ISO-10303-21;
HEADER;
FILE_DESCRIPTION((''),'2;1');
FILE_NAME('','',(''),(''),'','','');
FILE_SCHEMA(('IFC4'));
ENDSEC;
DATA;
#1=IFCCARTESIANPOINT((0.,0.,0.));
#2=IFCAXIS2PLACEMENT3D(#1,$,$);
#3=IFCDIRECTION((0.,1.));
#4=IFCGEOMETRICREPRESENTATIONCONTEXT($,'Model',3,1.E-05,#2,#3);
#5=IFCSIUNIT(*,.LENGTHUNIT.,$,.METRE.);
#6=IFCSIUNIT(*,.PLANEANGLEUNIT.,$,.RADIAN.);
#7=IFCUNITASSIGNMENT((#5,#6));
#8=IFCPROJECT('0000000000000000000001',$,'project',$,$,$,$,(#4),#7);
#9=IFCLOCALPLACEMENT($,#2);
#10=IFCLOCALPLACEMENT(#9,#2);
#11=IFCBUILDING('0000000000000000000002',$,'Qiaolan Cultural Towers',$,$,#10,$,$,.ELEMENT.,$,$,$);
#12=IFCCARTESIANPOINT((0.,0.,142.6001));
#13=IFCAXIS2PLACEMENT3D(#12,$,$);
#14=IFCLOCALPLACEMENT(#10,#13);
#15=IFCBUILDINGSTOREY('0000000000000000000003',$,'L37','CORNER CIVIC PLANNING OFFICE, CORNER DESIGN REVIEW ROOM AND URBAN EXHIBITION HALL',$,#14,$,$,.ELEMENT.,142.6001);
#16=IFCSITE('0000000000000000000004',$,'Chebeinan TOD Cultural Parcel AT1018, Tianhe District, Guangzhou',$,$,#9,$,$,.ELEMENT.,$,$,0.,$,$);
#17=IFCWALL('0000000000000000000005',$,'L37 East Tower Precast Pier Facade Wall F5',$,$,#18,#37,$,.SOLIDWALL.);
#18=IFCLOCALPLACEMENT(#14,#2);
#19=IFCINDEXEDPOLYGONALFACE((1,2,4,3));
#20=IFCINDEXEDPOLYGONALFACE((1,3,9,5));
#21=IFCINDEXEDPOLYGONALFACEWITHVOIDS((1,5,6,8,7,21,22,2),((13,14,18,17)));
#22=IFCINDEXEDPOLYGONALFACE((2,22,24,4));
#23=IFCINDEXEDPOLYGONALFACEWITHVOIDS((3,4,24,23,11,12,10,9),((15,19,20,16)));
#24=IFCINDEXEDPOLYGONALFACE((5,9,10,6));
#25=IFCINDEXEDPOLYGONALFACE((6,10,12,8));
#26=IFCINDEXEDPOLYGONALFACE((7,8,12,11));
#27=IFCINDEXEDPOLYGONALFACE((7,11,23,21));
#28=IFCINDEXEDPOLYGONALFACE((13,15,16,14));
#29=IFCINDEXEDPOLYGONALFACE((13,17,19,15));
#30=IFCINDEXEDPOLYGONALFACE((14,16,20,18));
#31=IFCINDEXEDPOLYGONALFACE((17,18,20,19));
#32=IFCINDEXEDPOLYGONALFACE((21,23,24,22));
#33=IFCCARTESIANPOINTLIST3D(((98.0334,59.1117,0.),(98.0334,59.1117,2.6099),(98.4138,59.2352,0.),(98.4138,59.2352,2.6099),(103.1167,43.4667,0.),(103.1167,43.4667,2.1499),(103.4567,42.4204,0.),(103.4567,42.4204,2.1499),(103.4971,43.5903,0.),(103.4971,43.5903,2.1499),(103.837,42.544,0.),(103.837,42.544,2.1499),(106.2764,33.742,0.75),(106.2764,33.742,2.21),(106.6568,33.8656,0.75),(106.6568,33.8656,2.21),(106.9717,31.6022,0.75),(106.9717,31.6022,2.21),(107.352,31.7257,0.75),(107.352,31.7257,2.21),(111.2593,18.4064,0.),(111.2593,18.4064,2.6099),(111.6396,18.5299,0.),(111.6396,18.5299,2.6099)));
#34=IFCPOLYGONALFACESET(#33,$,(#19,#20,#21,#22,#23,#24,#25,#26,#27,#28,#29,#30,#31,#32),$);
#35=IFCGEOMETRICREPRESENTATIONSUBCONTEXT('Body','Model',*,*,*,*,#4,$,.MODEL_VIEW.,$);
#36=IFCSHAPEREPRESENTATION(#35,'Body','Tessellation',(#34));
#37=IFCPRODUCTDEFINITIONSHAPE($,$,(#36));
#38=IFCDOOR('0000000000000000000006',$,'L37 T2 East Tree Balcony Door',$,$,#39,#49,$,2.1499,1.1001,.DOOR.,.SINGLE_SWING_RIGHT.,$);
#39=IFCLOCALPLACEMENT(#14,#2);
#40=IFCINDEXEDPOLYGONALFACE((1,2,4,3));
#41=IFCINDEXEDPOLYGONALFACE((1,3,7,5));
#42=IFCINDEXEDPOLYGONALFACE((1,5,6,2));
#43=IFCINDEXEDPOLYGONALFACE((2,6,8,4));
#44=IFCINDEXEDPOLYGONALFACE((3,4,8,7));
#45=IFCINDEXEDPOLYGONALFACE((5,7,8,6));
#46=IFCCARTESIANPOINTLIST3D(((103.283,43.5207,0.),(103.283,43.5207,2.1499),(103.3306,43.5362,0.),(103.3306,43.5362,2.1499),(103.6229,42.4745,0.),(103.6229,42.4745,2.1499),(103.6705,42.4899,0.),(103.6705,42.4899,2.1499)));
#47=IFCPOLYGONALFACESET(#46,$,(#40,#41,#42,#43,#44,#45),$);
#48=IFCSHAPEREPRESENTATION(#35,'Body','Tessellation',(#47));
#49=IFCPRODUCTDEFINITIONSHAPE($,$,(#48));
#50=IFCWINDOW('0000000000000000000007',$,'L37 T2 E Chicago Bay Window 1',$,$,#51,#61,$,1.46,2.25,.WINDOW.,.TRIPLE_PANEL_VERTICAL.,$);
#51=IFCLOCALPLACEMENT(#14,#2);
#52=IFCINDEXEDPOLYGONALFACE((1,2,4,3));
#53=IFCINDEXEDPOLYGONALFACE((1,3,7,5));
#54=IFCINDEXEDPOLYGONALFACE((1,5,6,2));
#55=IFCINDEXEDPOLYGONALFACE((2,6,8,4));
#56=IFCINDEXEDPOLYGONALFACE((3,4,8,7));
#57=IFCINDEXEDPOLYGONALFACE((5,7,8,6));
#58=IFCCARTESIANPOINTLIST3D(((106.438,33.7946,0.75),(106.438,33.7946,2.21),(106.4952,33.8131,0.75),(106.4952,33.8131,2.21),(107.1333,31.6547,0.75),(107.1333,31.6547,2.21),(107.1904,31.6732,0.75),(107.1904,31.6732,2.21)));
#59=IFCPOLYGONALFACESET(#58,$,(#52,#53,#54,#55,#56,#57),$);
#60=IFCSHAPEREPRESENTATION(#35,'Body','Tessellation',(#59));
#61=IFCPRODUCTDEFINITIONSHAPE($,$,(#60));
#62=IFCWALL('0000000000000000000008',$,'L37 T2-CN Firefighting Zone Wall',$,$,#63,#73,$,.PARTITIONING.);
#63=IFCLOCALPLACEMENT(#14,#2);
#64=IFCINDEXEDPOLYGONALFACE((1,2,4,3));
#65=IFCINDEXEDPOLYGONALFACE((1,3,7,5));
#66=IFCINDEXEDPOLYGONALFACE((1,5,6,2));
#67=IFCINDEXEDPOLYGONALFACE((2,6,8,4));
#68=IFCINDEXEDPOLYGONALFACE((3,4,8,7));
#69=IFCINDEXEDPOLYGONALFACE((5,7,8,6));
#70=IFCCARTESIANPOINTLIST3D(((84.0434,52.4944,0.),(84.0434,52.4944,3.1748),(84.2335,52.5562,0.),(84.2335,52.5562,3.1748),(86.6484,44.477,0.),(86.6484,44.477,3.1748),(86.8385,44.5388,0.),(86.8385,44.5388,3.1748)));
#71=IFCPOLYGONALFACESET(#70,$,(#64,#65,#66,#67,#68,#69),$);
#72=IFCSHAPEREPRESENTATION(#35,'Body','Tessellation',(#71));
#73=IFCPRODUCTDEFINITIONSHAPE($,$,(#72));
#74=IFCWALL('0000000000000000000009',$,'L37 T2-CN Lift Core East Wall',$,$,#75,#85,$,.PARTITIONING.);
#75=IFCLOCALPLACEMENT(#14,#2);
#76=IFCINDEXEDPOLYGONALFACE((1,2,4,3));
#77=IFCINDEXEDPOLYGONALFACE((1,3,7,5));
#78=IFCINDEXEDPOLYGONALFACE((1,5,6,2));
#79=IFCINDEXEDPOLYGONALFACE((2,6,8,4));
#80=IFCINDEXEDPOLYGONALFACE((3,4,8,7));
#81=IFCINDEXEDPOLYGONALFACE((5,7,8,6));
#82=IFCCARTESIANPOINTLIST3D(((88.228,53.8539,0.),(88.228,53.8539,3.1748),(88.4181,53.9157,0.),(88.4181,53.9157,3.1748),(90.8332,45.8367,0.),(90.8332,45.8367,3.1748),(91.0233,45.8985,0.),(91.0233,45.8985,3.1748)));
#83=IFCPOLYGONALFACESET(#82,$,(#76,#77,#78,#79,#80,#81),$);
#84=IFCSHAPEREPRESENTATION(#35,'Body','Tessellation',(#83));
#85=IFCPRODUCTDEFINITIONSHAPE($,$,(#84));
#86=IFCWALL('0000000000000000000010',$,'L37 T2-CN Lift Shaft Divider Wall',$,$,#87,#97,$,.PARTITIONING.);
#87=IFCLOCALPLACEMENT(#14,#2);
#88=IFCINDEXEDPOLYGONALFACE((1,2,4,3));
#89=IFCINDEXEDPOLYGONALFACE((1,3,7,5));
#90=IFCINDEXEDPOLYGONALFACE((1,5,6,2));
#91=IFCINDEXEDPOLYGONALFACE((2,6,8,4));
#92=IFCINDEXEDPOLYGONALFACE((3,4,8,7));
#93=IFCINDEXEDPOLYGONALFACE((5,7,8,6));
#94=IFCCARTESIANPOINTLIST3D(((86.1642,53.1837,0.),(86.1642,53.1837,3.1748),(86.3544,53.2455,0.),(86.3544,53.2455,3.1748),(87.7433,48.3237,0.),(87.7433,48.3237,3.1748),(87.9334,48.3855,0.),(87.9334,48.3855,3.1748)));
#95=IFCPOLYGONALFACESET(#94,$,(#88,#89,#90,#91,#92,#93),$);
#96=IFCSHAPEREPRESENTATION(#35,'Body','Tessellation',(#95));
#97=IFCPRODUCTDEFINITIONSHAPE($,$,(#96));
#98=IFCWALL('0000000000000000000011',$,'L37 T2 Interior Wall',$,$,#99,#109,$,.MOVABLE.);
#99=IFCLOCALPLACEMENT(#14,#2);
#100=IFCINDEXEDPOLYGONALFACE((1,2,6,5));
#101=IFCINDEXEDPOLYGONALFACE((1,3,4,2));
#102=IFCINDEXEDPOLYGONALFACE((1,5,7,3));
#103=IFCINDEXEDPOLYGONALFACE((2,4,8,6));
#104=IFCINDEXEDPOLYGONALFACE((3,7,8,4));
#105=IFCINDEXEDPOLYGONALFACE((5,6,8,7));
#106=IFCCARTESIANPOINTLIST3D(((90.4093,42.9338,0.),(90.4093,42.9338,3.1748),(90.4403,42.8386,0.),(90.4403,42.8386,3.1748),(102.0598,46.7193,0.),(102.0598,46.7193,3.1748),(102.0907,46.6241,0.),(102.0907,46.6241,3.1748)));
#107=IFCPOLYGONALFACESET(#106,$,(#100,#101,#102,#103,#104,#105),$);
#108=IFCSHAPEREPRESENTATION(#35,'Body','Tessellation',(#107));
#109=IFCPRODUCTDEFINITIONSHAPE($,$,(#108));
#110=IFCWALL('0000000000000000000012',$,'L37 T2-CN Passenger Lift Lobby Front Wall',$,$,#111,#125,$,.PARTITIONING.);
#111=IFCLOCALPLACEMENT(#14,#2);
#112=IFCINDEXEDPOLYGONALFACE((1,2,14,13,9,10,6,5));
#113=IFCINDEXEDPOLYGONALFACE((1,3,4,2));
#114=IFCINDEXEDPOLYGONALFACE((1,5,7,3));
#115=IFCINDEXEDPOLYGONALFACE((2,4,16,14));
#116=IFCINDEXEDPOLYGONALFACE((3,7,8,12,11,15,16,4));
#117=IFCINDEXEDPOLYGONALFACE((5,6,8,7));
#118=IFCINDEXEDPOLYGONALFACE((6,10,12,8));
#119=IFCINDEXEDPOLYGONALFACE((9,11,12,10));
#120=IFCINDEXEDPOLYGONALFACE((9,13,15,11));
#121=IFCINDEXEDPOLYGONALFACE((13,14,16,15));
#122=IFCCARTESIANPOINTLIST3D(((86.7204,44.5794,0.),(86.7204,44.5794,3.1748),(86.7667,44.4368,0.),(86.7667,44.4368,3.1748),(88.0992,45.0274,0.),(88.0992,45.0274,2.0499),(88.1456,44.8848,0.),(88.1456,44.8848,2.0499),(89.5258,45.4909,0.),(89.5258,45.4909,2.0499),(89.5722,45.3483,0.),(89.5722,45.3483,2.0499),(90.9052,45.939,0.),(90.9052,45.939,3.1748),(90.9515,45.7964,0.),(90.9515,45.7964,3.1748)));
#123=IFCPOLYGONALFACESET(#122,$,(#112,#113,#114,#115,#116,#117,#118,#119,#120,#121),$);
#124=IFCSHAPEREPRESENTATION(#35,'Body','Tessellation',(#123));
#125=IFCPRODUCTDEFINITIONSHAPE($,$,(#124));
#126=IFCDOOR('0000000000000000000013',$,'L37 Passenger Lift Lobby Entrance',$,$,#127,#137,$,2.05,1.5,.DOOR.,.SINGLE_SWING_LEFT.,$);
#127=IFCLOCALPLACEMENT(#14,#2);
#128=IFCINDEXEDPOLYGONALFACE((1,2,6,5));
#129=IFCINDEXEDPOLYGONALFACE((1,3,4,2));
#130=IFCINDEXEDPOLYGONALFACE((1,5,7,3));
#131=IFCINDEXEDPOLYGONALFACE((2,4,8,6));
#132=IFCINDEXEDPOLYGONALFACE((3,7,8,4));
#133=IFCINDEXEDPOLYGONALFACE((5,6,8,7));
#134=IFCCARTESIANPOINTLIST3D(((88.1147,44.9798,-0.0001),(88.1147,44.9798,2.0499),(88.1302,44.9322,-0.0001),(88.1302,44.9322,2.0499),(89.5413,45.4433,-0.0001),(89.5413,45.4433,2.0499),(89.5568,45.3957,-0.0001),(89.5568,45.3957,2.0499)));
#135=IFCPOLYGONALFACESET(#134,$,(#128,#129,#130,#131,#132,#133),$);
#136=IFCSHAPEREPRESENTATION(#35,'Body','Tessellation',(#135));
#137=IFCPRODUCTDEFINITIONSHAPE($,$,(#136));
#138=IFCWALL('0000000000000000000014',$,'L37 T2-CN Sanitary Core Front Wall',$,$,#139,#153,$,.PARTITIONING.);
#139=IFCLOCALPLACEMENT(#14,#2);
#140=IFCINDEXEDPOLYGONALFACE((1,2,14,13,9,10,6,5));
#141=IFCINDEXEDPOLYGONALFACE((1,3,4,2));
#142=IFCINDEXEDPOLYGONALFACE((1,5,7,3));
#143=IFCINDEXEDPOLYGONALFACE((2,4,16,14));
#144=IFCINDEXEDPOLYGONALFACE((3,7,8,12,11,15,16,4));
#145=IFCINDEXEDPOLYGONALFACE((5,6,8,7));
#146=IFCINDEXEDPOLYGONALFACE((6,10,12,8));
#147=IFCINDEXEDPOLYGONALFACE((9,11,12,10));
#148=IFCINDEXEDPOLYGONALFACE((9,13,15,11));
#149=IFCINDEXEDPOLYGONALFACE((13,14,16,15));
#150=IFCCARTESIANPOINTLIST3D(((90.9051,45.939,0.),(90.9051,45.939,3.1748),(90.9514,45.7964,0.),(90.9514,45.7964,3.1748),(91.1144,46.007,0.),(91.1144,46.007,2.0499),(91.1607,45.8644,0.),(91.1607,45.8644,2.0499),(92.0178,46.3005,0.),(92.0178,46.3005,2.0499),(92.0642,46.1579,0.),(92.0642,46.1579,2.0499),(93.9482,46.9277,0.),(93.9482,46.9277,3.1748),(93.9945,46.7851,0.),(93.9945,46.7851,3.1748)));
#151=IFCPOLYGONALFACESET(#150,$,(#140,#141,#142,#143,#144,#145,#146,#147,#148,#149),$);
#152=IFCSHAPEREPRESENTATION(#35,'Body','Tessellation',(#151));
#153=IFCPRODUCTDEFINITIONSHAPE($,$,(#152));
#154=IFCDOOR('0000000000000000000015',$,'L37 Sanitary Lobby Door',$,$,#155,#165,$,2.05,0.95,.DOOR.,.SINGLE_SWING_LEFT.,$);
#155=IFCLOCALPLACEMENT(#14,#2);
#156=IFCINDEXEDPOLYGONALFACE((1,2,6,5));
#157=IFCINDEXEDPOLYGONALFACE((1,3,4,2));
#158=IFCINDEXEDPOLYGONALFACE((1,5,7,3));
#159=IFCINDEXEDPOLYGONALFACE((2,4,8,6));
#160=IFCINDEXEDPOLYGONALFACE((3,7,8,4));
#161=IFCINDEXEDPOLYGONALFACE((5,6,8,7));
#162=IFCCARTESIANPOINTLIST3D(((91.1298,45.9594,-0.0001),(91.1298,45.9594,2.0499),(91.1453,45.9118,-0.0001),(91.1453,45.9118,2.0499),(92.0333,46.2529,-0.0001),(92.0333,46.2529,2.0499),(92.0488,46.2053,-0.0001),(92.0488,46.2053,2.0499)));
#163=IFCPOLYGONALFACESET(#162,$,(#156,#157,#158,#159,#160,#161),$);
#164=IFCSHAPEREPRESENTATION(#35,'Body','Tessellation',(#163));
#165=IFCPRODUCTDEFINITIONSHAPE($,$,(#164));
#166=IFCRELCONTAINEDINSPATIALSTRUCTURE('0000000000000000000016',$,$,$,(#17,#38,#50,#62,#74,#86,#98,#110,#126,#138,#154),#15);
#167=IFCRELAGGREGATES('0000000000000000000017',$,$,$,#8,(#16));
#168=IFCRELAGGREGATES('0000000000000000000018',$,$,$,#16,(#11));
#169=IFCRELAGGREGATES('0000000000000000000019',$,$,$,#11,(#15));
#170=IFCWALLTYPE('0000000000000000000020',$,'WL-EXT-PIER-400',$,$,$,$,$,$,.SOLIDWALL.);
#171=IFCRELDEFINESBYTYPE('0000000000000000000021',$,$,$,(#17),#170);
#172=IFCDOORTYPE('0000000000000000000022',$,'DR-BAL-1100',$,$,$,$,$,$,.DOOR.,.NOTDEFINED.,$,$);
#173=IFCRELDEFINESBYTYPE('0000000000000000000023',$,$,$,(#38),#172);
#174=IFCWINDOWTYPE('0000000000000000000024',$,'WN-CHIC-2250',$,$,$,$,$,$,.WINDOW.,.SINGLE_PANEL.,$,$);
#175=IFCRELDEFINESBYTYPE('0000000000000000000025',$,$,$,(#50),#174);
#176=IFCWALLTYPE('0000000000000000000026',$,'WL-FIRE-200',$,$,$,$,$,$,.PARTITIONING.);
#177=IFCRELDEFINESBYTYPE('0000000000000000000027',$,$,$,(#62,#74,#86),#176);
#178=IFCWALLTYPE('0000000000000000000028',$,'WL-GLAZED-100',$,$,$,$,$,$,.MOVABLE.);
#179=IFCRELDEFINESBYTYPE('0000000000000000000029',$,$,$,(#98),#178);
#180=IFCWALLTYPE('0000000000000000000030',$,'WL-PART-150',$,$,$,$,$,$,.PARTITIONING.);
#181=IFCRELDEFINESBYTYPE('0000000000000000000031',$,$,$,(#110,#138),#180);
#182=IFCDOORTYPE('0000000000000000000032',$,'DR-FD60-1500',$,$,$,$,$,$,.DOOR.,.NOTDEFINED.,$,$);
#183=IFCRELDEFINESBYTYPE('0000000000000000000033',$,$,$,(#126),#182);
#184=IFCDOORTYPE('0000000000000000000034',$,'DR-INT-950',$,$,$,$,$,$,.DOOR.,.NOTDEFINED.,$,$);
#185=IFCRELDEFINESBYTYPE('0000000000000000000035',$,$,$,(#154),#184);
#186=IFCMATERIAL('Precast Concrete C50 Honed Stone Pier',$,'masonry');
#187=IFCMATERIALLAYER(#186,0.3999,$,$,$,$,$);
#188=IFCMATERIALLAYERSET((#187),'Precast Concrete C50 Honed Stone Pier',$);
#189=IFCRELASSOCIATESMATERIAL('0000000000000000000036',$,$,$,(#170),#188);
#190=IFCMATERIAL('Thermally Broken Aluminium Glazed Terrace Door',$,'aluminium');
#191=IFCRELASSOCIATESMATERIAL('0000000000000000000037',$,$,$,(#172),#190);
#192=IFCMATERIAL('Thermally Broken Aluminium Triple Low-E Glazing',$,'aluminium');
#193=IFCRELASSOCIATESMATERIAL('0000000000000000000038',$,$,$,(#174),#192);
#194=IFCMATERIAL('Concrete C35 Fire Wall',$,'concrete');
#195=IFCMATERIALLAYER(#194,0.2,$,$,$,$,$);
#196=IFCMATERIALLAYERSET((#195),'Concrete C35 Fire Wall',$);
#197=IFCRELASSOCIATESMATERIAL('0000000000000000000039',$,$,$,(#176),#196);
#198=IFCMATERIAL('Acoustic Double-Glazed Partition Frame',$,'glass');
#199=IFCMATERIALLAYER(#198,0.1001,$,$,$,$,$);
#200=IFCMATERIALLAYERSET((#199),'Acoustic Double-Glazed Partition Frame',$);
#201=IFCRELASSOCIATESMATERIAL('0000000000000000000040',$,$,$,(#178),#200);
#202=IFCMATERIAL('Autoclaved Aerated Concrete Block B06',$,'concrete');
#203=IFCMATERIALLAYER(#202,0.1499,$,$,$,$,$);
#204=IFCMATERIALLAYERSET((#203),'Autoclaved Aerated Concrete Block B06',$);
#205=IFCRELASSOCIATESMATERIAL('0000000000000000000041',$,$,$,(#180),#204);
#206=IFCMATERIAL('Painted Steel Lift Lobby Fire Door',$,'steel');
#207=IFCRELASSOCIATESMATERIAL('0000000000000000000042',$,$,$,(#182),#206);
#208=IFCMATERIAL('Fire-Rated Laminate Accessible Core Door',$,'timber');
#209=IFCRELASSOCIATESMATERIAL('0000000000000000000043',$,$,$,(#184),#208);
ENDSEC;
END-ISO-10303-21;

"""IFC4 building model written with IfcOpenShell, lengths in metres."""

from ifc_helpers import new_model, si_unit, direction, frame, frame_2d, origin, place, context, subcontext, project, spatial, rectangle, extrude, material, layer, layer_set, type_object, element, fill, save


model = new_model("IFC4")

# Units and contexts
model_context = context("Model", 3, precision=1e-05, world=origin(), true_north=direction((0.0, 1.0)))
body_context = subcontext(model_context, "Body", "Model", "MODEL_VIEW")
ifc_project = project(units=[si_unit("LENGTHUNIT", "METRE"), si_unit("PLANEANGLEUNIT", "RADIAN")], contexts=[model_context])

# Site, building, storey
site_placement = place(None, origin())
site = spatial("IfcSite", under=ifc_project, at=site_placement, Name="Chebeinan TOD Cultural Parcel AT1018, Tianhe District, Guangzhou", CompositionType="ELEMENT", RefElevation=0.0)
building_placement = place(site_placement, origin())
building = spatial("IfcBuilding", under=site, at=building_placement, Name="Qiaolan Cultural Towers", CompositionType="ELEMENT")
storey_placement = place(building_placement, frame((0.0, 0.0, 142.6001)))
storey = spatial("IfcBuildingStorey", under=building, at=storey_placement, Name="L37", Description="CORNER CIVIC PLANNING OFFICE, CORNER DESIGN REVIEW ROOM AND URBAN EXHIBITION HALL", CompositionType="ELEMENT", Elevation=142.6001)

# Shared definitions
ifc_material_1 = material(Name="Precast Concrete C50 Honed Stone Pier", Category="masonry")
ifc_layer_1 = layer(ifc_material_1, 0.3999)
ifc_layer_set_1 = layer_set([ifc_layer_1], Name="Precast Concrete C50 Honed Stone Pier")
wall_type_1 = type_object("IfcWallType", Name="WL-EXT-PIER-400", PredefinedType="SOLIDWALL", material=ifc_layer_set_1)

# Wall, openings, door, window
wall_1_placement = place(storey_placement, frame((98.2236, 59.1733, 0.0), z_axis=(0.0, 0.0, 1.0), x_axis=(0.309014, -0.951057, 0.0)))
wall_1 = element("IfcWall", 1, at=wall_1_placement, inside=storey, type_object=wall_type_1, Name="L37 East Tower Precast Pier Facade Wall F5", PredefinedType="SOLIDWALL", context=body_context, shape_type="SweptSolid", body=[
    extrude(rectangle(XDim=42.8, YDim=0.3999, at=frame_2d((21.3999, 0.0))), origin(), (0.0, 0.0, 1.0), 2.6099),
])
opening_1_placement = place(wall_1_placement, frame((26.675, 0.0, 0.75)))
opening_1 = element("IfcOpeningElement", 2, at=opening_1_placement, cuts=wall_1, PredefinedType="OPENING", context=body_context, shape_type="SweptSolid", body=[
    extrude(rectangle(XDim=2.25, YDim=1.46, at=frame_2d((1.125, 0.73))), frame((0.0, 0.21, 0.0), z_axis=(0.0, -1.0, 0.0), x_axis=(1.0, 0.0, 0.0)), (0.0, 0.0, 1.0), 0.4199),
])
opening_2_placement = place(wall_1_placement, frame((16.45, 0.0, 0.0)))
opening_2 = element("IfcOpeningElement", 3, at=opening_2_placement, cuts=wall_1, PredefinedType="OPENING", context=body_context, shape_type="SweptSolid", body=[
    extrude(rectangle(XDim=1.1001, YDim=2.1499, at=frame_2d((0.55, 1.075))), frame((0.0, 0.21, 0.0), z_axis=(0.0, -1.0, 0.0), x_axis=(1.0, 0.0, 0.0)), (0.0, 0.0, 1.0), 0.4199),
])
ifc_material_2 = material(Name="Thermally Broken Aluminium Glazed Terrace Door", Category="aluminium")
door_type_1 = type_object("IfcDoorType", Name="DR-BAL-1100", OperationType="NOTDEFINED", PredefinedType="DOOR", material=ifc_material_2)
door_1_placement = place(opening_2_placement, origin())
door_1 = element("IfcDoor", 4, at=door_1_placement, inside=storey, type_object=door_type_1, Name="L37 T2 East Tree Balcony Door", OperationType="SINGLE_SWING_RIGHT", OverallHeight=2.1499, OverallWidth=1.1001, PredefinedType="DOOR", context=body_context, shape_type="SweptSolid", body=[
    extrude(rectangle(XDim=1.1001, YDim=2.1499, at=frame_2d((0.55, 1.075))), frame((0.0, 0.0249, 0.0), z_axis=(0.0, -1.0, 0.0), x_axis=(1.0, 0.0, 0.0)), (0.0, 0.0, 1.0), 0.05),
])
fill(opening_2, door_1)
ifc_material_3 = material(Name="Thermally Broken Aluminium Triple Low-E Glazing", Category="aluminium")
window_type = type_object("IfcWindowType", Name="WN-CHIC-2250", PartitioningType="SINGLE_PANEL", PredefinedType="WINDOW", material=ifc_material_3)
window_placement = place(opening_1_placement, origin())
window = element("IfcWindow", 5, at=window_placement, inside=storey, type_object=window_type, Name="L37 T2 E Chicago Bay Window 1", OverallHeight=1.46, OverallWidth=2.25, PartitioningType="TRIPLE_PANEL_VERTICAL", PredefinedType="WINDOW", context=body_context, shape_type="SweptSolid", body=[
    extrude(rectangle(XDim=2.25, YDim=1.46, at=frame_2d((1.125, 0.73))), frame((0.0, 0.03, 0.0), z_axis=(0.0, -1.0, 0.0), x_axis=(1.0, 0.0, 0.0)), (0.0, 0.0, 1.0), 0.0601),
])
fill(opening_1, window)

# Walls
ifc_material_4 = material(Name="Concrete C35 Fire Wall", Category="concrete")
ifc_layer_2 = layer(ifc_material_4, 0.2)
ifc_layer_set_2 = layer_set([ifc_layer_2], Name="Concrete C35 Fire Wall")
wall_type_2 = type_object("IfcWallType", Name="WL-FIRE-200", PredefinedType="PARTITIONING", material=ifc_layer_set_2)
for number, where, z_axis, x_axis, name in (
    (6, (86.7434, 44.5081, 0.0), (0.0, 0.0, 1.0), (-0.309016, 0.951057, 0.0), "L37 T2-CN Firefighting Zone Wall"),
    (7, (90.9282, 45.8677, 0.0), (0.0, 0.0, 1.0), (-0.309042, 0.951048, 0.0), "L37 T2-CN Lift Core East Wall"),
):
    element("IfcWall", number, at=place(storey_placement, frame(where, z_axis=z_axis, x_axis=x_axis)), inside=storey, type_object=wall_type_2, Name=name, PredefinedType="PARTITIONING", context=body_context, shape_type="SweptSolid", body=[
        extrude(rectangle(XDim=8.4299, YDim=0.2, at=frame_2d((4.2148, 0.0))), origin(), (0.0, 0.0, 1.0), 3.1748),
    ])
wall_2_placement = place(storey_placement, frame((87.8384, 48.3545, 0.0), z_axis=(0.0, 0.0, 1.0), x_axis=(-0.309009, 0.951059, 0.0)))
element("IfcWall", 8, at=wall_2_placement, inside=storey, type_object=wall_type_2, Name="L37 T2-CN Lift Shaft Divider Wall", PredefinedType="PARTITIONING", context=body_context, shape_type="SweptSolid", body=[
    extrude(rectangle(XDim=5.1101, YDim=0.2, at=frame_2d((2.5552, 0.0))), origin(), (0.0, 0.0, 1.0), 3.1748),
])
ifc_material_5 = material(Name="Acoustic Double-Glazed Partition Frame", Category="glass")
ifc_layer_3 = layer(ifc_material_5, 0.1001)
ifc_layer_set_3 = layer_set([ifc_layer_3], Name="Acoustic Double-Glazed Partition Frame")
wall_type_3 = type_object("IfcWallType", Name="WL-GLAZED-100", PredefinedType="MOVABLE", material=ifc_layer_set_3)
wall_3_placement = place(storey_placement, frame((90.4248, 42.8862, 0.0), z_axis=(0.0, 0.0, 1.0), x_axis=(0.951057, 0.309014, 0.0)))
element("IfcWall", 9, at=wall_3_placement, inside=storey, type_object=wall_type_3, Name="L37 T2 Interior Wall", PredefinedType="MOVABLE", context=body_context, shape_type="SweptSolid", body=[
    extrude(rectangle(XDim=12.25, YDim=0.1001, at=frame_2d((6.125, 0.0))), origin(), (0.0, 0.0, 1.0), 3.1748),
])

# Walls, openings, doors
ifc_material_6 = material(Name="Autoclaved Aerated Concrete Block B06", Category="concrete")
ifc_layer_4 = layer(ifc_material_6, 0.1499)
ifc_layer_set_4 = layer_set([ifc_layer_4], Name="Autoclaved Aerated Concrete Block B06")
wall_type_4 = type_object("IfcWallType", Name="WL-PART-150", PredefinedType="PARTITIONING", material=ifc_layer_set_4)
wall_4_placement = place(storey_placement, frame((86.7434, 44.5081, 0.0), z_axis=(0.0, 0.0, 1.0), x_axis=(0.951064, 0.308994, 0.0)))
wall_4 = element("IfcWall", 10, at=wall_4_placement, inside=storey, type_object=wall_type_4, Name="L37 T2-CN Passenger Lift Lobby Front Wall", PredefinedType="PARTITIONING", context=body_context, shape_type="SweptSolid", body=[
    extrude(rectangle(XDim=4.4001, YDim=0.1499, at=frame_2d((2.2002, 0.0))), origin(), (0.0, 0.0, 1.0), 3.1748),
])
opening_3_placement = place(wall_4_placement, frame((1.45, 0.0, 0.0)))
opening_3 = element("IfcOpeningElement", 11, at=opening_3_placement, cuts=wall_4, PredefinedType="OPENING", context=body_context, shape_type="SweptSolid", body=[
    extrude(rectangle(XDim=1.5, YDim=2.05, at=frame_2d((0.75, 1.0249))), frame((0.0, 0.085, 0.0), z_axis=(0.0, -1.0, 0.0), x_axis=(1.0, 0.0, 0.0)), (0.0, 0.0, 1.0), 0.1699),
])
ifc_material_7 = material(Name="Painted Steel Lift Lobby Fire Door", Category="steel")
door_type_2 = type_object("IfcDoorType", Name="DR-FD60-1500", OperationType="NOTDEFINED", PredefinedType="DOOR", material=ifc_material_7)
door_2_placement = place(opening_3_placement, origin())
door_2 = element("IfcDoor", 12, at=door_2_placement, inside=storey, type_object=door_type_2, Name="L37 Passenger Lift Lobby Entrance", OperationType="SINGLE_SWING_LEFT", OverallHeight=2.05, OverallWidth=1.5, PredefinedType="DOOR", context=body_context, shape_type="SweptSolid", body=[
    extrude(rectangle(XDim=1.5, YDim=2.05, at=frame_2d((0.75, 1.0249))), frame((0.0, 0.0249, 0.0), z_axis=(0.0, -1.0, 0.0), x_axis=(1.0, 0.0, 0.0)), (0.0, 0.0, 1.0), 0.05),
])
fill(opening_3, door_2)
wall_5_placement = place(storey_placement, frame((90.9282, 45.8677, 0.0), z_axis=(0.0, 0.0, 1.0), x_axis=(0.951059, 0.309008, 0.0)))
wall_5 = element("IfcWall", 13, at=wall_5_placement, inside=storey, type_object=wall_type_4, Name="L37 T2-CN Sanitary Core Front Wall", PredefinedType="PARTITIONING", context=body_context, shape_type="SweptSolid", body=[
    extrude(rectangle(XDim=3.1997, YDim=0.1499, at=frame_2d((1.5999, 0.0))), origin(), (0.0, 0.0, 1.0), 3.1748),
])
opening_4_placement = place(wall_5_placement, frame((0.22, 0.0, 0.0)))
opening_4 = element("IfcOpeningElement", 14, at=opening_4_placement, cuts=wall_5, PredefinedType="OPENING", context=body_context, shape_type="SweptSolid", body=[
    extrude(rectangle(XDim=0.95, YDim=2.05, at=frame_2d((0.4751, 1.0249))), frame((0.0, 0.085, 0.0), z_axis=(0.0, -1.0, 0.0), x_axis=(1.0, 0.0, 0.0)), (0.0, 0.0, 1.0), 0.1699),
])
ifc_material_8 = material(Name="Fire-Rated Laminate Accessible Core Door", Category="timber")
door_type_3 = type_object("IfcDoorType", Name="DR-INT-950", OperationType="NOTDEFINED", PredefinedType="DOOR", material=ifc_material_8)
door_3_placement = place(opening_4_placement, origin())
door_3 = element("IfcDoor", 15, at=door_3_placement, inside=storey, type_object=door_type_3, Name="L37 Sanitary Lobby Door", OperationType="SINGLE_SWING_LEFT", OverallHeight=2.05, OverallWidth=0.95, PredefinedType="DOOR", context=body_context, shape_type="SweptSolid", body=[
    extrude(rectangle(XDim=0.95, YDim=2.05, at=frame_2d((0.4751, 1.0249))), frame((0.0, 0.0249, 0.0), z_axis=(0.0, -1.0, 0.0), x_axis=(1.0, 0.0, 0.0)), (0.0, 0.0, 1.0), 0.05),
])
fill(opening_4, door_3)

save(model, "model.ifc")
